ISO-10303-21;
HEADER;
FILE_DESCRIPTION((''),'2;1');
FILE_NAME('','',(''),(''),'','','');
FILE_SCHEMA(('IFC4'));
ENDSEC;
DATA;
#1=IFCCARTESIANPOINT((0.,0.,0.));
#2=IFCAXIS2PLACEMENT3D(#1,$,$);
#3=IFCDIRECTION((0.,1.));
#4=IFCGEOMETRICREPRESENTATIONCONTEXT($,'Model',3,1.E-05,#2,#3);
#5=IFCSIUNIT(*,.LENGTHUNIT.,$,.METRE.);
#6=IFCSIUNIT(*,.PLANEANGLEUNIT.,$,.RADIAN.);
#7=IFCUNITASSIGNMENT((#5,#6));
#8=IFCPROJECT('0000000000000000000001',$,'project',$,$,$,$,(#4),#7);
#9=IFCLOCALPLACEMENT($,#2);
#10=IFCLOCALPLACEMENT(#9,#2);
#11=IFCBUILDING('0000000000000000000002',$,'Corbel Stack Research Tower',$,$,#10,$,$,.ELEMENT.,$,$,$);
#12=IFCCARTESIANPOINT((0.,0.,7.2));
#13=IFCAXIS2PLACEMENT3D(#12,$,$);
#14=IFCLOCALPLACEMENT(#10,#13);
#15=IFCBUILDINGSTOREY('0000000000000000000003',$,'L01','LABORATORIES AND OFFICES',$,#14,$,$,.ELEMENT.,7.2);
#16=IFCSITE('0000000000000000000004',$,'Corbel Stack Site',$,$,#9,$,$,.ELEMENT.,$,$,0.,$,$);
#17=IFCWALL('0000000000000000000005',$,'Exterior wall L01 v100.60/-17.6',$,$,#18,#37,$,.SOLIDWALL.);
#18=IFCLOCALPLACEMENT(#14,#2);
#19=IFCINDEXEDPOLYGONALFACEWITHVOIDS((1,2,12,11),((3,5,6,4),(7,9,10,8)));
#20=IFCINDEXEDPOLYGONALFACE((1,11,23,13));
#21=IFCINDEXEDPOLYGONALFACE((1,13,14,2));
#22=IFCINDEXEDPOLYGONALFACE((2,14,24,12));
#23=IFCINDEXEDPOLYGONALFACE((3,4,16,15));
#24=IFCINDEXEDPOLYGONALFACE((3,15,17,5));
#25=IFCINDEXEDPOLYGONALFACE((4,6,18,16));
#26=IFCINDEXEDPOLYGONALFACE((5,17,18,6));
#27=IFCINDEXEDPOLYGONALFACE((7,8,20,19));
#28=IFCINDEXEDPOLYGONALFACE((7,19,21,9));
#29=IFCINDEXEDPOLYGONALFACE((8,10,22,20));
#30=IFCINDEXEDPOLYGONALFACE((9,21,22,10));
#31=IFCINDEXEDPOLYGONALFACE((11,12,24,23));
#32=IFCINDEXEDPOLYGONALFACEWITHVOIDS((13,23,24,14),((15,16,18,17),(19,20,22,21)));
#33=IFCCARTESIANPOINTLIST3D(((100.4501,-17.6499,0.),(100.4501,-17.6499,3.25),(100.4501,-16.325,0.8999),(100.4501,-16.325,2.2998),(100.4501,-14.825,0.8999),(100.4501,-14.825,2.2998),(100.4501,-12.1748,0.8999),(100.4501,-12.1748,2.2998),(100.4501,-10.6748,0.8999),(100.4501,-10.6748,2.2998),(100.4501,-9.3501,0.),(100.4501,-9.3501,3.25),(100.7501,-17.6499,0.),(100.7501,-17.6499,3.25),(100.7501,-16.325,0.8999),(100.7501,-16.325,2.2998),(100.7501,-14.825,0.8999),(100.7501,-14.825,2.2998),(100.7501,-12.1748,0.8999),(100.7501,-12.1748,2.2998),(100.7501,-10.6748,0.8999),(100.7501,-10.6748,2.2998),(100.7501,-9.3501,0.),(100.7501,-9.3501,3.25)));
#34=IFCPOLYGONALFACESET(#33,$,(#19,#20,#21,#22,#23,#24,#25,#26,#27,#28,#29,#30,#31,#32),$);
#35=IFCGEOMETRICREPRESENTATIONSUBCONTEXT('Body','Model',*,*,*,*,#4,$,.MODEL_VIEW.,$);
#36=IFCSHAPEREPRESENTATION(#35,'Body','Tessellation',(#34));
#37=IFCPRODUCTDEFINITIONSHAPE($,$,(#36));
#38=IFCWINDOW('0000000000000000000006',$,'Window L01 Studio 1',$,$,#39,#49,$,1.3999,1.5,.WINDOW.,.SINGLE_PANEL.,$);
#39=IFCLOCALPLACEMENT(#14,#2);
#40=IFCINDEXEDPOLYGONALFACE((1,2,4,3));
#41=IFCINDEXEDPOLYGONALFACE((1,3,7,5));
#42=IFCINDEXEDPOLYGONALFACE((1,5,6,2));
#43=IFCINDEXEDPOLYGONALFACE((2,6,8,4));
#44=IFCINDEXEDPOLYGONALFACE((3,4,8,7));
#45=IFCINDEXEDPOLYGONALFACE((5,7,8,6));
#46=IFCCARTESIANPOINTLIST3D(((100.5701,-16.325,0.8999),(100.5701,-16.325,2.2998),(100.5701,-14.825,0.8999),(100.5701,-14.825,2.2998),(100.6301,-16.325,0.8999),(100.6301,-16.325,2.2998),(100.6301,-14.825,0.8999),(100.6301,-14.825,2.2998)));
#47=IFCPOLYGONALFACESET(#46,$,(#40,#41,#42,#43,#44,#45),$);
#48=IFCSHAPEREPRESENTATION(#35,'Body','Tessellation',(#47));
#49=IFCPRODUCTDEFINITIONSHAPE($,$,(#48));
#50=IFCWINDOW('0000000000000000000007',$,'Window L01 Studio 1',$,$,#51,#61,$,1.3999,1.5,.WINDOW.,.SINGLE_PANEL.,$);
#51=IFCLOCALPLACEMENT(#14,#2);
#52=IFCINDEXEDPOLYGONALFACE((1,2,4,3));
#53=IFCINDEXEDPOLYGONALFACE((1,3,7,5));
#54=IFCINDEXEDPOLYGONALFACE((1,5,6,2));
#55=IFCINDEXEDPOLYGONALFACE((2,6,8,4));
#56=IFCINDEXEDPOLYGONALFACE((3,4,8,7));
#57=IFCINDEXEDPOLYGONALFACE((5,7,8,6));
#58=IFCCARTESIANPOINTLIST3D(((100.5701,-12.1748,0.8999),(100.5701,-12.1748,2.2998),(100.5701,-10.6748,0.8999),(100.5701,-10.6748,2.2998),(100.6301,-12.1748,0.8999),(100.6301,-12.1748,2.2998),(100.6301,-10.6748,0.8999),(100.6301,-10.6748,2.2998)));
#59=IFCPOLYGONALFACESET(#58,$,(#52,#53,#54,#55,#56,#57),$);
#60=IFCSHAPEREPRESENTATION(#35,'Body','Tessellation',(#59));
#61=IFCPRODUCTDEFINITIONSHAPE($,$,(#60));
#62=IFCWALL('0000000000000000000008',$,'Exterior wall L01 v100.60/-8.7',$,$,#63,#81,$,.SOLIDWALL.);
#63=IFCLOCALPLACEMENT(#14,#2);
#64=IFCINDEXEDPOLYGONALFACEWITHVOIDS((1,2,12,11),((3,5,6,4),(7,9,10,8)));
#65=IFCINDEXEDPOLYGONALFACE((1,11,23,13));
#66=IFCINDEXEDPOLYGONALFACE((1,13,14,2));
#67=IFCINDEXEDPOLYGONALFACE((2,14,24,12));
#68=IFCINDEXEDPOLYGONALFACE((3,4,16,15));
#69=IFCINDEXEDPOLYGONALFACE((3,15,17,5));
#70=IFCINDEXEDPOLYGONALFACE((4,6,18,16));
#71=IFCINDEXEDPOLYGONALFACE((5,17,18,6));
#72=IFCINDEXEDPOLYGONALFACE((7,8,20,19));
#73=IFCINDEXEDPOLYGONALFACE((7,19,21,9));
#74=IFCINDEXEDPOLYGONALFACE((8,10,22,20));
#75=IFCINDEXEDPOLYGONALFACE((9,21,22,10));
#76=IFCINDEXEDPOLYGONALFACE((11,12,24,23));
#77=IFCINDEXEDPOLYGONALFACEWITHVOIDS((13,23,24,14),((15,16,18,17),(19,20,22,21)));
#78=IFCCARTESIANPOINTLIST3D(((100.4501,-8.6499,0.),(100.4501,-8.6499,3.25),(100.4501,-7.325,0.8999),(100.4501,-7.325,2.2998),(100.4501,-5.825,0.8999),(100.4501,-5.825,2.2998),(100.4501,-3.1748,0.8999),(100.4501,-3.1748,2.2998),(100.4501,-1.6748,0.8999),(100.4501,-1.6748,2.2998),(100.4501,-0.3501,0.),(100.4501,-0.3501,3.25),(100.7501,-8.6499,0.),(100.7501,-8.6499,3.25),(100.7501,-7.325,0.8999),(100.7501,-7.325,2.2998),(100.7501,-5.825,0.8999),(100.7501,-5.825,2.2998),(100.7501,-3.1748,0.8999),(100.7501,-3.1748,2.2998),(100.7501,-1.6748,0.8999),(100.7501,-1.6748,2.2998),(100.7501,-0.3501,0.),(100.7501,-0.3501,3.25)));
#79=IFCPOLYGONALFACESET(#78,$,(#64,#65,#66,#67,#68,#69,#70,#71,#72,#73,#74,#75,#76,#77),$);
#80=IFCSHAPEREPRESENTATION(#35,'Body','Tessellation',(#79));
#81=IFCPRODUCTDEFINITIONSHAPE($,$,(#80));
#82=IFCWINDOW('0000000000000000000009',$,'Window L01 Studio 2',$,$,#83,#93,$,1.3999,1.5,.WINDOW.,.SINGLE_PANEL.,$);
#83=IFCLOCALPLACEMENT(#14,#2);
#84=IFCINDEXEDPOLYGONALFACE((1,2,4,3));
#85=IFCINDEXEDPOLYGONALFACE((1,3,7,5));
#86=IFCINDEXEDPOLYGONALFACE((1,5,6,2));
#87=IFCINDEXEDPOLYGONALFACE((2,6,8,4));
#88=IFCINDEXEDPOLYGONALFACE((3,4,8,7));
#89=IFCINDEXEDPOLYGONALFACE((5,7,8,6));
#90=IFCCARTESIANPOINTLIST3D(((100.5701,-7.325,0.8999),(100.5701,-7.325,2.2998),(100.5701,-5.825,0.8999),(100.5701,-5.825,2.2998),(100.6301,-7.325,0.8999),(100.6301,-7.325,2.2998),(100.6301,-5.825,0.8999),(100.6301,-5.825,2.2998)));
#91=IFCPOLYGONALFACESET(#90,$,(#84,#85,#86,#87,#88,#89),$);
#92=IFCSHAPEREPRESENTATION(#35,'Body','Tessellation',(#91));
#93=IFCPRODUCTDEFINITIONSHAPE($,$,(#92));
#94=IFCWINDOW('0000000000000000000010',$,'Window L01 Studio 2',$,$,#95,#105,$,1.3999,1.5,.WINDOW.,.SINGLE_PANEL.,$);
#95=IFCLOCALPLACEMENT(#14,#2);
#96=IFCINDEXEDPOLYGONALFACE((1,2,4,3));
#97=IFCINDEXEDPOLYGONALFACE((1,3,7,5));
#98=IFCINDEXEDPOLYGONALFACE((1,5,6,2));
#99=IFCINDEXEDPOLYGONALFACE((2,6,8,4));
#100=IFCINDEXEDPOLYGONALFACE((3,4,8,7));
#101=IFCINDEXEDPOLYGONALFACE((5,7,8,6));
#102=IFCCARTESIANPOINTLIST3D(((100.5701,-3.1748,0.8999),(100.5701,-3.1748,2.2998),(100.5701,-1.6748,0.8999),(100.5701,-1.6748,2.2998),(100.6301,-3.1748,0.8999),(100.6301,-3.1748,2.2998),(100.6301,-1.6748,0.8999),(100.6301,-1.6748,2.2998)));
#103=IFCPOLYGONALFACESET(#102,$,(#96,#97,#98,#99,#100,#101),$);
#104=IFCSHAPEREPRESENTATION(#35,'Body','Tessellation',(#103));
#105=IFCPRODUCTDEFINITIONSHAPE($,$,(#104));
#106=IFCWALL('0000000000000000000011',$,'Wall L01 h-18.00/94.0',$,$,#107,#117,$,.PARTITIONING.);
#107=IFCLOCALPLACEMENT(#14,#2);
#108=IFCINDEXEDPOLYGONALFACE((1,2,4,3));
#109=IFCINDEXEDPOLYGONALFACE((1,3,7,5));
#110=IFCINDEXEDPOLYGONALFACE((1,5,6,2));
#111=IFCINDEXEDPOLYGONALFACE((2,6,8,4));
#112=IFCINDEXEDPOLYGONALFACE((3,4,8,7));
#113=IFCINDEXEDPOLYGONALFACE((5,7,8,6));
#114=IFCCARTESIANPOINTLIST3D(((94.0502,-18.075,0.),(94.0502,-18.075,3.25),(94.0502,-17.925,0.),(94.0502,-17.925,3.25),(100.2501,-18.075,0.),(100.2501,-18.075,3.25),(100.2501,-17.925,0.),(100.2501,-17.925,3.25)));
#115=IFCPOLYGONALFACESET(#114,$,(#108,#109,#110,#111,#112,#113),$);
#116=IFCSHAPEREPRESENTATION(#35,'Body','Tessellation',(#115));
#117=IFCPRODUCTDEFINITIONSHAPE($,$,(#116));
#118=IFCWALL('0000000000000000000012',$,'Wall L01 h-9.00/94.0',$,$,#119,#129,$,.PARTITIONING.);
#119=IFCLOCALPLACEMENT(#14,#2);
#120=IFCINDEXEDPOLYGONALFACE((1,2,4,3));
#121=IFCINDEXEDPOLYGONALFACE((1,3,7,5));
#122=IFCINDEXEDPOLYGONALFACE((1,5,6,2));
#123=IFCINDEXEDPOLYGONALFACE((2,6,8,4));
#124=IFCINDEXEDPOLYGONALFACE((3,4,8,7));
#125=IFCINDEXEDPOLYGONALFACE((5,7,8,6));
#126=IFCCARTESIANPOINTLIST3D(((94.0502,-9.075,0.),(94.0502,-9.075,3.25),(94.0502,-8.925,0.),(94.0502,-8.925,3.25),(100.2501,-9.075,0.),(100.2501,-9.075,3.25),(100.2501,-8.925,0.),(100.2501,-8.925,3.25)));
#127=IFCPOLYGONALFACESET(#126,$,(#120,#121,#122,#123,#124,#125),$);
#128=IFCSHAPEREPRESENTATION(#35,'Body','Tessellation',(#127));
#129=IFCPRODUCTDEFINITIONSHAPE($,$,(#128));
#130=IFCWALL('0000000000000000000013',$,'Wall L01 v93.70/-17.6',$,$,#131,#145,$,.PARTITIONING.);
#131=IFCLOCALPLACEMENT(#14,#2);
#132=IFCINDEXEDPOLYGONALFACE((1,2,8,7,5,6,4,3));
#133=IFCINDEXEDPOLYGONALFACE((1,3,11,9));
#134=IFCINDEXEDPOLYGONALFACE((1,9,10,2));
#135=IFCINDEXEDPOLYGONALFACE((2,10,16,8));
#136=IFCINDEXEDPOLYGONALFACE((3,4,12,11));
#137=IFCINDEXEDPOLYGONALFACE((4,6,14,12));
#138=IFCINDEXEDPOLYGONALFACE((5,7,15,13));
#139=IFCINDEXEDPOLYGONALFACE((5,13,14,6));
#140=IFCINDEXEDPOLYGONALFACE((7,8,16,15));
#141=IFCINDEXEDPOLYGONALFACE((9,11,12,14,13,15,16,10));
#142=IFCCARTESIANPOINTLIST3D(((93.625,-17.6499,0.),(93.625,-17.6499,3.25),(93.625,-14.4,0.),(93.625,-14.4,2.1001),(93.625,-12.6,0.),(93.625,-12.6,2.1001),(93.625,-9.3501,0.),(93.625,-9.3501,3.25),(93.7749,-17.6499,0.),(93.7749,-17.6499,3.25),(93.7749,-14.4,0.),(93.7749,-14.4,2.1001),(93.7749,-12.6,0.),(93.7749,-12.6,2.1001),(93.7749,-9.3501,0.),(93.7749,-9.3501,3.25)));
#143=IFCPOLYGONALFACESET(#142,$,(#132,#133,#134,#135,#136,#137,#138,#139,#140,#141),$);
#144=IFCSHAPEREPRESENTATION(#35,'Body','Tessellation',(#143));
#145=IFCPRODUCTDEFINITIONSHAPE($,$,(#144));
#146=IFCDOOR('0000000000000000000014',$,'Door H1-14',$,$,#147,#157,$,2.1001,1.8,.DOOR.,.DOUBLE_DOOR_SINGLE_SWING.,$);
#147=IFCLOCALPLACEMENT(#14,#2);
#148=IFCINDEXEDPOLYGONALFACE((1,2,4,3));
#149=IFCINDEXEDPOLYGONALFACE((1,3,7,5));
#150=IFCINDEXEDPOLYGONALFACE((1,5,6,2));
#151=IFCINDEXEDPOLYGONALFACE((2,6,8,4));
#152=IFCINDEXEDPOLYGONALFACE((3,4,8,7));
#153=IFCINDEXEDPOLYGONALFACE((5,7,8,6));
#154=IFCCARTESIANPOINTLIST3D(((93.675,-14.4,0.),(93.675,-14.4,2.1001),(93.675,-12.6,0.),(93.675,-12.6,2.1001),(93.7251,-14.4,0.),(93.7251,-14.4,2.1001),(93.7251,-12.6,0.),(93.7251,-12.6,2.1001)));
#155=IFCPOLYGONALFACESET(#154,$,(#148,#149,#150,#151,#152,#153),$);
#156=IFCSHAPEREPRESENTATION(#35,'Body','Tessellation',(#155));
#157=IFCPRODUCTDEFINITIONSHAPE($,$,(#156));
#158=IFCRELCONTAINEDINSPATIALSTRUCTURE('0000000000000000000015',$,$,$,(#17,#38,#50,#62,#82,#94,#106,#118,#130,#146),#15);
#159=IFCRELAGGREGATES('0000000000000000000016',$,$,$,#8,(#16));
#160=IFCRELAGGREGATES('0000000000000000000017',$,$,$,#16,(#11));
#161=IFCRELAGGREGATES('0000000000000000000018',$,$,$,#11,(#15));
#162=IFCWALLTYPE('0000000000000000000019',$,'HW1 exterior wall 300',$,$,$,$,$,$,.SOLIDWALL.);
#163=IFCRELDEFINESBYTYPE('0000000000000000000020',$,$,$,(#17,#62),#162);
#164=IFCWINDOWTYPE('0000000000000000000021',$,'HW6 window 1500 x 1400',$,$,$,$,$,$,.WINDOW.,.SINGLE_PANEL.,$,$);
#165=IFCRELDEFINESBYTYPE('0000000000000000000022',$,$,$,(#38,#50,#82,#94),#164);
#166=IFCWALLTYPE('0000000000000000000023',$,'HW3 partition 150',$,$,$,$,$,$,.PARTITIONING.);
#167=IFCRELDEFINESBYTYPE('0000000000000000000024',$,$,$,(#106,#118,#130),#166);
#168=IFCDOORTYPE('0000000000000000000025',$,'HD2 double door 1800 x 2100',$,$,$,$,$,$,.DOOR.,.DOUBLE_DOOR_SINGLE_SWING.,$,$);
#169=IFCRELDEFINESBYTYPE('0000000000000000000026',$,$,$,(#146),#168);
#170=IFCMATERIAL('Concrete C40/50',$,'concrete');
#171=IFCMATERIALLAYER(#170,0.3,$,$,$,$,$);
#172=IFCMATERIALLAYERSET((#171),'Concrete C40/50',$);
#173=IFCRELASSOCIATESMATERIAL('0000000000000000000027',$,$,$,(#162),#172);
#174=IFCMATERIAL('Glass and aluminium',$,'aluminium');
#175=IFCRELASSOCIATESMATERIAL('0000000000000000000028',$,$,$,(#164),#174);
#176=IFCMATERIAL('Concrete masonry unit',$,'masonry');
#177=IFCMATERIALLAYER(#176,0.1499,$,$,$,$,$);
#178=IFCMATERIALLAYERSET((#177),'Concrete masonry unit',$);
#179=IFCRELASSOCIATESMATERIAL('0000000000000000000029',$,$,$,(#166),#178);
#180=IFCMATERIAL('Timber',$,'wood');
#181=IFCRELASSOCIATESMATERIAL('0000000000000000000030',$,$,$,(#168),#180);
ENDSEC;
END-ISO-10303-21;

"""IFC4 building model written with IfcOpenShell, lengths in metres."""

from ifc_helpers import new_model, si_unit, direction, frame, frame_2d, origin, place, context, subcontext, project, spatial, rectangle, extrude, material, layer, layer_set, type_object, element, fill, save


model = new_model("IFC4")

# Units and contexts
model_context = context("Model", 3, precision=1e-05, world=origin(), true_north=direction((0.0, 1.0)))
body_context = subcontext(model_context, "Body", "Model", "MODEL_VIEW")
ifc_project = project(units=[si_unit("LENGTHUNIT", "METRE"), si_unit("PLANEANGLEUNIT", "RADIAN")], contexts=[model_context])

# Site, building, storey
site_placement = place(None, origin())
site = spatial("IfcSite", under=ifc_project, at=site_placement, Name="Corbel Stack Site", CompositionType="ELEMENT", RefElevation=0.0)
building_placement = place(site_placement, origin())
building = spatial("IfcBuilding", under=site, at=building_placement, Name="Corbel Stack Research Tower", CompositionType="ELEMENT")
storey_placement = place(building_placement, frame((0.0, 0.0, 7.2)))
storey = spatial("IfcBuildingStorey", under=building, at=storey_placement, Name="L01", Description="LABORATORIES AND OFFICES", CompositionType="ELEMENT", Elevation=7.2)

# Walls, openings, windows
ifc_material_1 = material(Name="Concrete C40/50", Category="concrete")
ifc_layer_1 = layer(ifc_material_1, 0.3)
ifc_layer_set_1 = layer_set([ifc_layer_1], Name="Concrete C40/50")
wall_type_1 = type_object("IfcWallType", Name="HW1 exterior wall 300", PredefinedType="SOLIDWALL", material=ifc_layer_set_1)
wall_1_placement = place(storey_placement, frame((100.6001, -17.6499, 0.0), z_axis=(0.0, 0.0, 1.0), x_axis=(0.0, 1.0, 0.0)))
wall_1 = element("IfcWall", 1, at=wall_1_placement, inside=storey, type_object=wall_type_1, Name="Exterior wall L01 v100.60/-17.6", PredefinedType="SOLIDWALL", context=body_context, shape_type="SweptSolid", body=[
    extrude(rectangle(XDim=8.2998, YDim=0.3, at=frame_2d((4.1499, 0.0))), origin(), (0.0, 0.0, 1.0), 3.25),
])
opening_1_placement = place(wall_1_placement, frame((1.325, 0.0, 0.8999)))
opening_1 = element("IfcOpeningElement", 2, at=opening_1_placement, cuts=wall_1, PredefinedType="OPENING", context=body_context, shape_type="SweptSolid", body=[
    extrude(rectangle(XDim=1.5, YDim=1.3999, at=frame_2d((0.75, 0.7))), frame((0.0, 0.1599, 0.0), z_axis=(0.0, -1.0, 0.0), x_axis=(1.0, 0.0, 0.0)), (0.0, 0.0, 1.0), 0.3201),
])
opening_2_placement = place(wall_1_placement, frame((5.4751, 0.0, 0.8999)))
opening_2 = element("IfcOpeningElement", 3, at=opening_2_placement, cuts=wall_1, PredefinedType="OPENING", context=body_context, shape_type="SweptSolid", body=[
    extrude(rectangle(XDim=1.5, YDim=1.3999, at=frame_2d((0.75, 0.7))), frame((0.0, 0.1599, 0.0), z_axis=(0.0, -1.0, 0.0), x_axis=(1.0, 0.0, 0.0)), (0.0, 0.0, 1.0), 0.3201),
])
ifc_material_2 = material(Name="Glass and aluminium", Category="aluminium")
window_type = type_object("IfcWindowType", Name="HW6 window 1500 x 1400", PartitioningType="SINGLE_PANEL", PredefinedType="WINDOW", material=ifc_material_2)
window_1_placement = place(opening_1_placement, origin())
window_1 = element("IfcWindow", 4, at=window_1_placement, inside=storey, type_object=window_type, Name="Window L01 Studio 1", OverallHeight=1.3999, OverallWidth=1.5, PartitioningType="SINGLE_PANEL", PredefinedType="WINDOW", context=body_context, shape_type="SweptSolid", body=[
    extrude(rectangle(XDim=1.5, YDim=1.3999, at=frame_2d((0.75, 0.7))), frame((0.0, 0.03, 0.0), z_axis=(0.0, -1.0, 0.0), x_axis=(1.0, 0.0, 0.0)), (0.0, 0.0, 1.0), 0.0601),
])
fill(opening_1, window_1)
window_2_placement = place(opening_2_placement, origin())
window_2 = element("IfcWindow", 5, at=window_2_placement, inside=storey, type_object=window_type, Name="Window L01 Studio 1", OverallHeight=1.3999, OverallWidth=1.5, PartitioningType="SINGLE_PANEL", PredefinedType="WINDOW", context=body_context, shape_type="SweptSolid", body=[
    extrude(rectangle(XDim=1.5, YDim=1.3999, at=frame_2d((0.75, 0.7))), frame((0.0, 0.03, 0.0), z_axis=(0.0, -1.0, 0.0), x_axis=(1.0, 0.0, 0.0)), (0.0, 0.0, 1.0), 0.0601),
])
fill(opening_2, window_2)
wall_2_placement = place(storey_placement, frame((100.6001, -8.6499, 0.0), z_axis=(0.0, 0.0, 1.0), x_axis=(0.0, 1.0, 0.0)))
wall_2 = element("IfcWall", 6, at=wall_2_placement, inside=storey, type_object=wall_type_1, Name="Exterior wall L01 v100.60/-8.7", PredefinedType="SOLIDWALL", context=body_context, shape_type="SweptSolid", body=[
    extrude(rectangle(XDim=8.2998, YDim=0.3, at=frame_2d((4.1499, 0.0))), origin(), (0.0, 0.0, 1.0), 3.25),
])
opening_3_placement = place(wall_2_placement, frame((1.325, 0.0, 0.8999)))
opening_3 = element("IfcOpeningElement", 7, at=opening_3_placement, cuts=wall_2, PredefinedType="OPENING", context=body_context, shape_type="SweptSolid", body=[
    extrude(rectangle(XDim=1.5, YDim=1.3999, at=frame_2d((0.75, 0.7))), frame((0.0, 0.1599, 0.0), z_axis=(0.0, -1.0, 0.0), x_axis=(1.0, 0.0, 0.0)), (0.0, 0.0, 1.0), 0.3201),
])
opening_4_placement = place(wall_2_placement, frame((5.4751, 0.0, 0.8999)))
opening_4 = element("IfcOpeningElement", 8, at=opening_4_placement, cuts=wall_2, PredefinedType="OPENING", context=body_context, shape_type="SweptSolid", body=[
    extrude(rectangle(XDim=1.5, YDim=1.3999, at=frame_2d((0.75, 0.7))), frame((0.0, 0.1599, 0.0), z_axis=(0.0, -1.0, 0.0), x_axis=(1.0, 0.0, 0.0)), (0.0, 0.0, 1.0), 0.3201),
])
window_3_placement = place(opening_3_placement, origin())
window_3 = element("IfcWindow", 9, at=window_3_placement, inside=storey, type_object=window_type, Name="Window L01 Studio 2", OverallHeight=1.3999, OverallWidth=1.5, PartitioningType="SINGLE_PANEL", PredefinedType="WINDOW", context=body_context, shape_type="SweptSolid", body=[
    extrude(rectangle(XDim=1.5, YDim=1.3999, at=frame_2d((0.75, 0.7))), frame((0.0, 0.03, 0.0), z_axis=(0.0, -1.0, 0.0), x_axis=(1.0, 0.0, 0.0)), (0.0, 0.0, 1.0), 0.0601),
])
fill(opening_3, window_3)
window_4_placement = place(opening_4_placement, origin())
window_4 = element("IfcWindow", 10, at=window_4_placement, inside=storey, type_object=window_type, Name="Window L01 Studio 2", OverallHeight=1.3999, OverallWidth=1.5, PartitioningType="SINGLE_PANEL", PredefinedType="WINDOW", context=body_context, shape_type="SweptSolid", body=[
    extrude(rectangle(XDim=1.5, YDim=1.3999, at=frame_2d((0.75, 0.7))), frame((0.0, 0.03, 0.0), z_axis=(0.0, -1.0, 0.0), x_axis=(1.0, 0.0, 0.0)), (0.0, 0.0, 1.0), 0.0601),
])
fill(opening_4, window_4)

# Walls
ifc_material_3 = material(Name="Concrete masonry unit", Category="masonry")
ifc_layer_2 = layer(ifc_material_3, 0.1499)
ifc_layer_set_2 = layer_set([ifc_layer_2], Name="Concrete masonry unit")
wall_type_2 = type_object("IfcWallType", Name="HW3 partition 150", PredefinedType="PARTITIONING", material=ifc_layer_set_2)
for number, where, z_axis, x_axis, name in (
    (11, (94.05, -18.0, 0.0), (0.0, 0.0, 1.0), (1.0, 0.0, 0.0), "Wall L01 h-18.00/94.0"),
    (12, (94.05, -9.0, 0.0), (0.0, 0.0, 1.0), (1.0, 0.0, 0.0), "Wall L01 h-9.00/94.0"),
):
    element("IfcWall", number, at=place(storey_placement, frame(where, z_axis=z_axis, x_axis=x_axis)), inside=storey, type_object=wall_type_2, Name=name, PredefinedType="PARTITIONING", context=body_context, shape_type="SweptSolid", body=[
        extrude(rectangle(XDim=6.2, YDim=0.1499, at=frame_2d((3.1001, 0.0))), origin(), (0.0, 0.0, 1.0), 3.25),
    ])

# Wall, opening, door
wall_3_placement = place(storey_placement, frame((93.7, -17.6499, 0.0), z_axis=(0.0, 0.0, 1.0), x_axis=(0.0, 1.0, 0.0)))
wall_3 = element("IfcWall", 13, at=wall_3_placement, inside=storey, type_object=wall_type_2, Name="Wall L01 v93.70/-17.6", PredefinedType="PARTITIONING", context=body_context, shape_type="SweptSolid", body=[
    extrude(rectangle(XDim=8.2998, YDim=0.1499, at=frame_2d((4.1499, 0.0))), origin(), (0.0, 0.0, 1.0), 3.25),
])
opening_5_placement = place(wall_3_placement, frame((3.25, 0.0, 0.0)))
opening_5 = element("IfcOpeningElement", 14, at=opening_5_placement, cuts=wall_3, PredefinedType="OPENING", context=body_context, shape_type="SweptSolid", body=[
    extrude(rectangle(XDim=1.8, YDim=2.1001, at=frame_2d((0.8999, 1.05))), frame((0.0, 0.085, 0.0), z_axis=(0.0, -1.0, 0.0), x_axis=(1.0, 0.0, 0.0)), (0.0, 0.0, 1.0), 0.1699),
])
ifc_material_4 = material(Name="Timber", Category="wood")
door_type = type_object("IfcDoorType", Name="HD2 double door 1800 x 2100", OperationType="DOUBLE_DOOR_SINGLE_SWING", PredefinedType="DOOR", material=ifc_material_4)
door_1_placement = place(opening_5_placement, origin())
door_1 = element("IfcDoor", 15, at=door_1_placement, inside=storey, type_object=door_type, Name="Door H1-14", OperationType="DOUBLE_DOOR_SINGLE_SWING", OverallHeight=2.1001, OverallWidth=1.8, PredefinedType="DOOR", context=body_context, shape_type="SweptSolid", body=[
    extrude(rectangle(XDim=1.8, YDim=2.1001, at=frame_2d((0.8999, 1.05))), frame((0.0, 0.0249, 0.0), z_axis=(0.0, -1.0, 0.0), x_axis=(1.0, 0.0, 0.0)), (0.0, 0.0, 1.0), 0.05),
])
fill(opening_5, door_1)

save(model, "model.ifc")
